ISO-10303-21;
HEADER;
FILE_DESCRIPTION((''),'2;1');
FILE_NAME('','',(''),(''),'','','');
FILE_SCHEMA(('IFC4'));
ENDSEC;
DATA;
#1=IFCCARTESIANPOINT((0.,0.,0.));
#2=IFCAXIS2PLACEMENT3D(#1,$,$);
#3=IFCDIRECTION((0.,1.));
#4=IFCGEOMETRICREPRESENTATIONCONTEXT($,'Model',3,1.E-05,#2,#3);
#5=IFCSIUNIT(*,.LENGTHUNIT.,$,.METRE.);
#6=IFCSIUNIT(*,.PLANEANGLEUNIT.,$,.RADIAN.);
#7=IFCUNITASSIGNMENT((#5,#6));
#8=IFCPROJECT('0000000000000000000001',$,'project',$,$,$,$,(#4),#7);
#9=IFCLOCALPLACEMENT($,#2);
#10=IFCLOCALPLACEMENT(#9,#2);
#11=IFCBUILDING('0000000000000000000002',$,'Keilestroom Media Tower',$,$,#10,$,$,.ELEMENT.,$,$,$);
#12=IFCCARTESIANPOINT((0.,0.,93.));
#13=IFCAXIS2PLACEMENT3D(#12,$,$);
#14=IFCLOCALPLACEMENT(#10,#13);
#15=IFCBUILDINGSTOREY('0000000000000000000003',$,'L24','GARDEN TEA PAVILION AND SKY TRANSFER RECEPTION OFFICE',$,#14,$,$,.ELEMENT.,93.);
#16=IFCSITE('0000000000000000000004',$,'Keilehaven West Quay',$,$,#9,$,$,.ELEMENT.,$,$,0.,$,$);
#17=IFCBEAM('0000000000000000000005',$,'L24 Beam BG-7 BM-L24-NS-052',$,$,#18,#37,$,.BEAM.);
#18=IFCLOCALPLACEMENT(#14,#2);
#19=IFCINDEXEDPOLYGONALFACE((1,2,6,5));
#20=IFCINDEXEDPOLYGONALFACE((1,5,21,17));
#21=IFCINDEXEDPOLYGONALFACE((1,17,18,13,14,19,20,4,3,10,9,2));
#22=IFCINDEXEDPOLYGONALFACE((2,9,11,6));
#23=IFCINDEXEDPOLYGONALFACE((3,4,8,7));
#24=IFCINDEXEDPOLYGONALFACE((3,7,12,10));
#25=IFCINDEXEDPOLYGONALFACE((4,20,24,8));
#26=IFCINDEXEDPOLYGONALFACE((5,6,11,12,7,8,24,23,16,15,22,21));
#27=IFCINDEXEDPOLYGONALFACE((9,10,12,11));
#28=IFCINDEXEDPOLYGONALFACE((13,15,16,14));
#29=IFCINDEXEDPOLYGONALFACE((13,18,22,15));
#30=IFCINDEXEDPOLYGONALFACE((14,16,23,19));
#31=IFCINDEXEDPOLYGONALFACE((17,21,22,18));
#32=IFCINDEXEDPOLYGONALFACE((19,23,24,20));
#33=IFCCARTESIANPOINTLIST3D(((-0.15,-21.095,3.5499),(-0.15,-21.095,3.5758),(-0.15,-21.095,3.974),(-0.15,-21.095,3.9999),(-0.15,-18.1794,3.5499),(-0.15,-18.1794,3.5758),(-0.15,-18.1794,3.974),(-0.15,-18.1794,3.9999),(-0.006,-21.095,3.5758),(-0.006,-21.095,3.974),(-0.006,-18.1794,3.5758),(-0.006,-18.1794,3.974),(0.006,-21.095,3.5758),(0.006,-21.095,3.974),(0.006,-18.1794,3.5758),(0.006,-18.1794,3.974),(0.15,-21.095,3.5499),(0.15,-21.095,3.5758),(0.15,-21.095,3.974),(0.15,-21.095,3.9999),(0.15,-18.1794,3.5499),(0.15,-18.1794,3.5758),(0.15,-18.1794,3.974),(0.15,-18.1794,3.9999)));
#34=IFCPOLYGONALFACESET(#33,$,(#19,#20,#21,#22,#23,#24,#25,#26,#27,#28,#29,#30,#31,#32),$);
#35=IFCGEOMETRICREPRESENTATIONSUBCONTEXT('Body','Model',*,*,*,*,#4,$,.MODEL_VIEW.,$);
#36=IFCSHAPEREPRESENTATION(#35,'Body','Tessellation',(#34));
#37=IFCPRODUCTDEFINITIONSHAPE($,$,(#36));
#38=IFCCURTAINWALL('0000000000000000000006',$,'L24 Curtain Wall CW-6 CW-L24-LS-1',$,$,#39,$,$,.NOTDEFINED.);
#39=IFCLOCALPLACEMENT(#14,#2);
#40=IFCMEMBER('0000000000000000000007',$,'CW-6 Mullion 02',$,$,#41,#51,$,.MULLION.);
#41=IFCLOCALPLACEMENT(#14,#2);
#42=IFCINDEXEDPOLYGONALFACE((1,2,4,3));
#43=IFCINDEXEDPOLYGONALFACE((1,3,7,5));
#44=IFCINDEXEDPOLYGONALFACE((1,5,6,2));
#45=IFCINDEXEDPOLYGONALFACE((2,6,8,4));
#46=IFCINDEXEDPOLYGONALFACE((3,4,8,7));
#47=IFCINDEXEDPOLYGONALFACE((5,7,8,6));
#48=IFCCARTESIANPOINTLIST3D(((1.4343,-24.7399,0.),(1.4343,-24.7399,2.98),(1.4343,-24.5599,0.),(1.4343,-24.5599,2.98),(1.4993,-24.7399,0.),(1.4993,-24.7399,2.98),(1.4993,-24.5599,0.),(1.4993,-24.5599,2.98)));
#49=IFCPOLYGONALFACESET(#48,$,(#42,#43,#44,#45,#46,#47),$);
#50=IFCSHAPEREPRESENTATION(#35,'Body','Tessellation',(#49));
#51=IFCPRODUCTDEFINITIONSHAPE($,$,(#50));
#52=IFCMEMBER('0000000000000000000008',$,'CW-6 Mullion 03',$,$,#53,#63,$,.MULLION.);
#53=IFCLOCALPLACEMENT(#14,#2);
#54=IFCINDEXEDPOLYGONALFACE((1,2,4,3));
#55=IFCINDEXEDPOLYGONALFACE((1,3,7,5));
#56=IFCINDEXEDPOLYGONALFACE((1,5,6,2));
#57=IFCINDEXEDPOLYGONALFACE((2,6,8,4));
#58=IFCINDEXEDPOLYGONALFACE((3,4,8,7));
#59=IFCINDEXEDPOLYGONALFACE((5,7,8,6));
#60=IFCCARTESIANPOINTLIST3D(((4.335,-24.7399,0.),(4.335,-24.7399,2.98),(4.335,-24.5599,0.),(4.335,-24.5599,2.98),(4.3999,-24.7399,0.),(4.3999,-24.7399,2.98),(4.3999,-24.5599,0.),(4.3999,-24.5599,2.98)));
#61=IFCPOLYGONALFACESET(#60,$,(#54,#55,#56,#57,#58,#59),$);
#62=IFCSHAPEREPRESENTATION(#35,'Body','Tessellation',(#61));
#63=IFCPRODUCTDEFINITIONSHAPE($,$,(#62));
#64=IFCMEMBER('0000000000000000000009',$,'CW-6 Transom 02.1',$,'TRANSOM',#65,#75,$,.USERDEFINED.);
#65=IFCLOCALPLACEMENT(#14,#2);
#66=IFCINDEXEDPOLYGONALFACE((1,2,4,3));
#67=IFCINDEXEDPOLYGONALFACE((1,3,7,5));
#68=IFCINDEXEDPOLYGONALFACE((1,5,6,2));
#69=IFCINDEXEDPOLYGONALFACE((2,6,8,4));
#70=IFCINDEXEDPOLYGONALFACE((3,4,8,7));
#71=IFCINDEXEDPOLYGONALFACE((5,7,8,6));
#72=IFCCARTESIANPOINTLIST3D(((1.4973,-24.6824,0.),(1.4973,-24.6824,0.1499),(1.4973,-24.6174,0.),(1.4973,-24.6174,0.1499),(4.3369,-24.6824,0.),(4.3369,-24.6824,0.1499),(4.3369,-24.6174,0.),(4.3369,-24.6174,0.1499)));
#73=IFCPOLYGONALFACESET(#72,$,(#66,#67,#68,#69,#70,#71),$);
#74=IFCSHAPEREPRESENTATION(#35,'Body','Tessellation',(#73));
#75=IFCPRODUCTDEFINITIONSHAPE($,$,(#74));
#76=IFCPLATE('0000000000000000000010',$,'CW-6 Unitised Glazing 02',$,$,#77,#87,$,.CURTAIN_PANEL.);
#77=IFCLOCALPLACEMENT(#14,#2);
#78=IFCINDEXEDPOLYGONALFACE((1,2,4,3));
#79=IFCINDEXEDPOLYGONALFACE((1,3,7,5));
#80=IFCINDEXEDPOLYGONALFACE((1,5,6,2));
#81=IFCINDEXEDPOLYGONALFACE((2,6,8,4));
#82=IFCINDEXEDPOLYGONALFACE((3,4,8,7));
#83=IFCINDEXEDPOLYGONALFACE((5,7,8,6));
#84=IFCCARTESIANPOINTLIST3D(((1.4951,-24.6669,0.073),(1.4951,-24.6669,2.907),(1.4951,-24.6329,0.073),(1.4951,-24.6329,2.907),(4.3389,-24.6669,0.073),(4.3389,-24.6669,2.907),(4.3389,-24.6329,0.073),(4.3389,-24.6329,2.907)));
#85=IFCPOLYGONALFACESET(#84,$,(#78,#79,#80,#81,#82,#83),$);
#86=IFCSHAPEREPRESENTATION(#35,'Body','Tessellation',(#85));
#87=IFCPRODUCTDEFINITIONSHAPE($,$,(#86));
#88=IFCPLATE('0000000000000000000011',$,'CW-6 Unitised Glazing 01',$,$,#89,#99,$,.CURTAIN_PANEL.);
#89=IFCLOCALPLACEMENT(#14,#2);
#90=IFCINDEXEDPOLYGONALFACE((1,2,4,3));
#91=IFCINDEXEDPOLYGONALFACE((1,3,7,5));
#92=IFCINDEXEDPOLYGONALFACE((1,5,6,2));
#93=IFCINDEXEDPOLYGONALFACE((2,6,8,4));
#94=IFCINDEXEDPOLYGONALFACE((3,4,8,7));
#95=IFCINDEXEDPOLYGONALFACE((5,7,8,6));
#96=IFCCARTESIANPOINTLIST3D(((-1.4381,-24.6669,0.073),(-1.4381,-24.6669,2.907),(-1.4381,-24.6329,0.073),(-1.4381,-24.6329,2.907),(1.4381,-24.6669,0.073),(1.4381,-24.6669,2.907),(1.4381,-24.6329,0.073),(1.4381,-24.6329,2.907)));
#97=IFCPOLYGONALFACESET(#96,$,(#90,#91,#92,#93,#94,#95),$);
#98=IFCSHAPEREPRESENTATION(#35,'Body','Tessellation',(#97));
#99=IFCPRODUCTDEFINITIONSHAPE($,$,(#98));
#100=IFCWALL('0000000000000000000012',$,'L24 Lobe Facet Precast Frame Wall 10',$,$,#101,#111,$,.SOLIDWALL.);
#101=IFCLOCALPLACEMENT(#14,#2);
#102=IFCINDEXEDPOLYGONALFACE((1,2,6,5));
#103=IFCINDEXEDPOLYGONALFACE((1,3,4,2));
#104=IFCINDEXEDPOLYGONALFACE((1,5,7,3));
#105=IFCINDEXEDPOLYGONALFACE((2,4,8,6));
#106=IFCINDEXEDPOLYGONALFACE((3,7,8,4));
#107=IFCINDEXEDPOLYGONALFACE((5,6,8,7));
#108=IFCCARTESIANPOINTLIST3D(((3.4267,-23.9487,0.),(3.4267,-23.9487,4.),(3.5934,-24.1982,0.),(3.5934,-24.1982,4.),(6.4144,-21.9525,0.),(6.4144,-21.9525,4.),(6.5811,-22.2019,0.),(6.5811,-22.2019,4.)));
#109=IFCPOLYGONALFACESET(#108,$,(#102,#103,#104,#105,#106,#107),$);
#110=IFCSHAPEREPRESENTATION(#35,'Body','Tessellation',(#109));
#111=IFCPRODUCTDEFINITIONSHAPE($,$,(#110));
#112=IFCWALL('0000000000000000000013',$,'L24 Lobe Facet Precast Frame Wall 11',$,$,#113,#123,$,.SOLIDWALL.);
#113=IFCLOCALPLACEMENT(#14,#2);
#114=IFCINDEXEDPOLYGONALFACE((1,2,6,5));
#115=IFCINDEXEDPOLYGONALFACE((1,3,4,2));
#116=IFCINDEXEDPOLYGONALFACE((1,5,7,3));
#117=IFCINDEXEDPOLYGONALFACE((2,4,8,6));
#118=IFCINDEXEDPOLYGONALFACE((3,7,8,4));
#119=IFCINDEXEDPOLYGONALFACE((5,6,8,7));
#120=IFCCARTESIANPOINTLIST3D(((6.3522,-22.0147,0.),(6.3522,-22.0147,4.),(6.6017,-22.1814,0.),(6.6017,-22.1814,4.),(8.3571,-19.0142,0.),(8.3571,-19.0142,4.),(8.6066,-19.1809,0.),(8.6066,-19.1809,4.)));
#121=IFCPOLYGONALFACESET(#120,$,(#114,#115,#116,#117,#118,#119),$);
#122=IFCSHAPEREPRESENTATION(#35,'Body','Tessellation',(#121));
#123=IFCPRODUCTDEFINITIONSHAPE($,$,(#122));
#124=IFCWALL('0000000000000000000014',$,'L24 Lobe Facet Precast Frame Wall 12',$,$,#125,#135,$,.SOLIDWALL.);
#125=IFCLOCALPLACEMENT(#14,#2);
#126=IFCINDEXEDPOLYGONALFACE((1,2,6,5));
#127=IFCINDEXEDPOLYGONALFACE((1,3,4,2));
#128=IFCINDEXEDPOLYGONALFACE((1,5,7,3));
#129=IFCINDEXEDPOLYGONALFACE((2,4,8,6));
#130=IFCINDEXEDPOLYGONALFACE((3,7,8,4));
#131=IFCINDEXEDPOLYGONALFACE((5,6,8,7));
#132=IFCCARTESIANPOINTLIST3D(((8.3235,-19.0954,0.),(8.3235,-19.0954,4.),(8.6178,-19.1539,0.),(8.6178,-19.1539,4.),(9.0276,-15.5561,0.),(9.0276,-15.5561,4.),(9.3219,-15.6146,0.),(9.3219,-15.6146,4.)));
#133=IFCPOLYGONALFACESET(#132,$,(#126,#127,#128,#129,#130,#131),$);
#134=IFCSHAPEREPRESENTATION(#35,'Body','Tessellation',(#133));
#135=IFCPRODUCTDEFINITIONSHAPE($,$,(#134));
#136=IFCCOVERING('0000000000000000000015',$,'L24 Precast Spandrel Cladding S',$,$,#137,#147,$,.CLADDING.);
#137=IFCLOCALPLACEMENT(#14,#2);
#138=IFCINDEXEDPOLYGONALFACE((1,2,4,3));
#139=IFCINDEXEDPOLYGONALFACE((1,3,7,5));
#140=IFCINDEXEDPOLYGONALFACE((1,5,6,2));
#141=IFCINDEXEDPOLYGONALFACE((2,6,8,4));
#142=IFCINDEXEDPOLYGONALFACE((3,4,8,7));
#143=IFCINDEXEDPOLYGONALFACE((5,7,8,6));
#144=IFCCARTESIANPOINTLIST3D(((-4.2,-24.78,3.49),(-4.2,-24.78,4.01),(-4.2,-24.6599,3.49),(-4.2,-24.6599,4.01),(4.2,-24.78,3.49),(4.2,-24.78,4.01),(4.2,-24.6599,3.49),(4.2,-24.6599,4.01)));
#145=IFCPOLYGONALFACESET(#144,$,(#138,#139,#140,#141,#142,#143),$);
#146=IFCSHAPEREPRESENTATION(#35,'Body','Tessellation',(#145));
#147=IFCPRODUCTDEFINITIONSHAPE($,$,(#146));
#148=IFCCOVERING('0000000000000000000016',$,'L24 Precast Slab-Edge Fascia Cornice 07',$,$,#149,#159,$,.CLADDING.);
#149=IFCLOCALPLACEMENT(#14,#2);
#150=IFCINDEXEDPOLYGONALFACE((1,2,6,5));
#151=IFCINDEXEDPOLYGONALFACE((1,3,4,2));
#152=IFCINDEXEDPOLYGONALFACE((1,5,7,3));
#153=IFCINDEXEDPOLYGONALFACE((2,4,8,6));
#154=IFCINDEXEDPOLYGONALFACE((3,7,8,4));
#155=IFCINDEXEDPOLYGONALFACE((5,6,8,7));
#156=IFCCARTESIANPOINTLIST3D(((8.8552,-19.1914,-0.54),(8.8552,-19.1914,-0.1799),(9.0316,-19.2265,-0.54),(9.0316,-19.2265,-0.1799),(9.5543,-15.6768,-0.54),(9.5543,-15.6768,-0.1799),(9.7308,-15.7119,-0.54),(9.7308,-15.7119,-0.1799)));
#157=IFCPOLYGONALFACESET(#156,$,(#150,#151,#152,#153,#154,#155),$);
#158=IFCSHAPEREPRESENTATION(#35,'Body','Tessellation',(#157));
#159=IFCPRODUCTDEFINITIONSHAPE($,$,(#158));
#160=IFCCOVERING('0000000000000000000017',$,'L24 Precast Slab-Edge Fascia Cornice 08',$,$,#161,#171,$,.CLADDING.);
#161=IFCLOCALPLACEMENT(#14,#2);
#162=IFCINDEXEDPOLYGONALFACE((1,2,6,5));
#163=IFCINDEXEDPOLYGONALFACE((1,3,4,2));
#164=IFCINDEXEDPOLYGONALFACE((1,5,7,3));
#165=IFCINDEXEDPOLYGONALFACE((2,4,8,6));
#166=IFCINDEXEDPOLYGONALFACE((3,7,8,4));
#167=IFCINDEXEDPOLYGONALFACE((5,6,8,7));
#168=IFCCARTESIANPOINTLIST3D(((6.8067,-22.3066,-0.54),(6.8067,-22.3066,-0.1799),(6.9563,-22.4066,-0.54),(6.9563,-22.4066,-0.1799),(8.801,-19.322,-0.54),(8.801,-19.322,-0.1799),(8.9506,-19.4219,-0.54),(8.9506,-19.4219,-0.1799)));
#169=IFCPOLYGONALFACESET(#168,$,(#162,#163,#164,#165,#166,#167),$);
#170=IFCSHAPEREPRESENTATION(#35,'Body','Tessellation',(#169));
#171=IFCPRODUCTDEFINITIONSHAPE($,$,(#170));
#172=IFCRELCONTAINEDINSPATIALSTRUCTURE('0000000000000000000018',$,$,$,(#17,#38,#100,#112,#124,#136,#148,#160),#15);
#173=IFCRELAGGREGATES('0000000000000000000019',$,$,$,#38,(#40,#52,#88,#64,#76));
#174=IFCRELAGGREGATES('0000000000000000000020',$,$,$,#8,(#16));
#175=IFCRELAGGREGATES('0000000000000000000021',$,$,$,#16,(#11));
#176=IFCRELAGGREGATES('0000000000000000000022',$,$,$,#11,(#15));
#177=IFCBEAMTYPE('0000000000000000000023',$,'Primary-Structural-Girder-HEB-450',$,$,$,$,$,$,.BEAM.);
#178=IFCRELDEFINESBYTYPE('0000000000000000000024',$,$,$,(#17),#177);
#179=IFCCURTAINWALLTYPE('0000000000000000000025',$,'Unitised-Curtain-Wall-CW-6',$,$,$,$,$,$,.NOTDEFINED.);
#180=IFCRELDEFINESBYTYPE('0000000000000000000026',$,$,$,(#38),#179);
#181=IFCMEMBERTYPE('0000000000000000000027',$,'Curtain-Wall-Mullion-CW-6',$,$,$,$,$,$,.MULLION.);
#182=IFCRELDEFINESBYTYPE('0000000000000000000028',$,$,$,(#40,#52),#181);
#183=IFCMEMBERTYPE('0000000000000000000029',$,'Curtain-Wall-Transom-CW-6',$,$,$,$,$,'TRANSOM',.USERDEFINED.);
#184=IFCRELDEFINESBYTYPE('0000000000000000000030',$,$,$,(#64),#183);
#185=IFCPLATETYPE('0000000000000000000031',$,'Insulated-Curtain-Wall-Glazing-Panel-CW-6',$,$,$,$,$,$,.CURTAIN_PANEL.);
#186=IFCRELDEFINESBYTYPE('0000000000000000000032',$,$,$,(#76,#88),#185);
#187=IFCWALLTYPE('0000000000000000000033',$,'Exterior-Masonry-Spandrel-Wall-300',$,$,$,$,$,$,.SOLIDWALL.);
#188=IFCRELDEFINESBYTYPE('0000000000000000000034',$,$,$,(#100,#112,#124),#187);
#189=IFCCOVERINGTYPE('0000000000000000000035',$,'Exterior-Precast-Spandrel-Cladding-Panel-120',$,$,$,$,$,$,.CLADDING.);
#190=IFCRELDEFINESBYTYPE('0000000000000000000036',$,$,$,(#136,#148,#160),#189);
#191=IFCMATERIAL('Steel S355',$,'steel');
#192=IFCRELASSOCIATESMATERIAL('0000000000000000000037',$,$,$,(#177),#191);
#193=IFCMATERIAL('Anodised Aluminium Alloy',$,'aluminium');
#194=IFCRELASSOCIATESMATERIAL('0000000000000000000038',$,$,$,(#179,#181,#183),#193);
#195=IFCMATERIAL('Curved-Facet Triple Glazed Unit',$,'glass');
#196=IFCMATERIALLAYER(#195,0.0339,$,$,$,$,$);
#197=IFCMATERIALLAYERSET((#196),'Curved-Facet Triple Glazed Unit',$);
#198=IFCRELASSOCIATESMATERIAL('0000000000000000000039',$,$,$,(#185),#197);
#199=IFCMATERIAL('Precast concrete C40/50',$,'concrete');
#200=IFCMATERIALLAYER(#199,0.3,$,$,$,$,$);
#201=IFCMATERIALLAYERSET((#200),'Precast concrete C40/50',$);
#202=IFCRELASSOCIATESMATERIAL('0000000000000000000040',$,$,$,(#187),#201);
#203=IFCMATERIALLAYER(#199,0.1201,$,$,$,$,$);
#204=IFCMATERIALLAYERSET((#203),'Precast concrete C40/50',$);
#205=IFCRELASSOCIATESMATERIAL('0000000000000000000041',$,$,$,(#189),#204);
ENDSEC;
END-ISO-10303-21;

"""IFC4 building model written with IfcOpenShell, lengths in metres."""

from ifc_helpers import new_model, si_unit, direction, frame, frame_2d, origin, origin_2d, place, context, subcontext, project, spatial, rectangle, i_section, extrude, source, transform, mapped, material, layer, layer_set, material_profile, profile_set, type_object, element, aggregate, save


model = new_model("IFC4")

# Units and contexts
model_context = context("Model", 3, precision=1e-05, world=origin(), true_north=direction((0.0, 1.0)))
body_context = subcontext(model_context, "Body", "Model", "MODEL_VIEW")
ifc_project = project(units=[si_unit("LENGTHUNIT", "METRE"), si_unit("PLANEANGLEUNIT", "RADIAN")], contexts=[model_context])

# Site, building, storey
site_placement = place(None, origin())
site = spatial("IfcSite", under=ifc_project, at=site_placement, Name="Keilehaven West Quay", CompositionType="ELEMENT", RefElevation=0.0)
building_placement = place(site_placement, origin())
building = spatial("IfcBuilding", under=site, at=building_placement, Name="Keilestroom Media Tower", CompositionType="ELEMENT")
storey_placement = place(building_placement, frame((0.0, 0.0, 93.0)))
storey = spatial("IfcBuildingStorey", under=building, at=storey_placement, Name="L24", Description="GARDEN TEA PAVILION AND SKY TRANSFER RECEPTION OFFICE", CompositionType="ELEMENT", Elevation=93.0)

# Shared definitions
ifc_material_1 = material(Name="Steel S355", Category="steel")

# Beam
ifc_material_profile_1 = material_profile(ifc_material_1, i_section(OverallWidth=0.3, OverallDepth=0.45, WebThickness=0.012, FlangeThickness=0.0259, at=origin_2d()), Name="HEB 450")
ifc_profile_set_1 = profile_set([ifc_material_profile_1], Name="Steel S355")
beam_type_1 = type_object("IfcBeamType", Name="Primary-Structural-Girder-HEB-450", PredefinedType="BEAM", material=ifc_profile_set_1)
shared_shape_1 = source(origin(), body_context, "Body", "SweptSolid", [
    extrude(i_section(OverallWidth=0.3, OverallDepth=0.45, WebThickness=0.012, FlangeThickness=0.0259, at=origin_2d()), origin(), (0.0, 0.0, 1.0), 2.9155),
])
beam_1_placement = place(storey_placement, frame((0.0, -21.095, 3.7749), z_axis=(0.0, 1.0, 0.0), x_axis=(-1.0, 0.0, 0.0)))
element("IfcBeam", 1, at=beam_1_placement, inside=storey, type_object=beam_type_1, Name="L24 Beam BG-7 BM-L24-NS-052", PredefinedType="BEAM", context=body_context, shape_type="MappedRepresentation", body=[
    mapped(shared_shape_1, transform((0.0, 0.0, 0.0), x_axis=(1.0, 0.0, 0.0), y_axis=(0.0, 1.0, 0.0), z_axis=(0.0, 0.0, 1.0), scale=1.0)),
])

# Curtain wall, members, plates
ifc_material_2 = material(Name="Anodised Aluminium Alloy", Category="aluminium")
curtain_wall_type = type_object("IfcCurtainWallType", Name="Unitised-Curtain-Wall-CW-6", PredefinedType="NOTDEFINED", material=ifc_material_2)
curtain_wall_placement = place(storey_placement, origin())
curtain_wall = element("IfcCurtainWall", 2, at=curtain_wall_placement, inside=storey, type_object=curtain_wall_type, Name="L24 Curtain Wall CW-6 CW-L24-LS-1", PredefinedType="NOTDEFINED")
ifc_material_profile_2 = material_profile(ifc_material_2, rectangle(XDim=0.0649, YDim=0.1799, at=origin_2d()), Name="ALU MULLION 65x180")
ifc_profile_set_2 = profile_set([ifc_material_profile_2], Name="Anodised Aluminium Alloy")
member_type_1 = type_object("IfcMemberType", Name="Curtain-Wall-Mullion-CW-6", PredefinedType="MULLION", material=ifc_profile_set_2)
shared_shape_2 = source(origin(), body_context, "Body", "SweptSolid", [
    extrude(rectangle(XDim=0.0649, YDim=0.1799, at=origin_2d()), origin(), (0.0, 0.0, 1.0), 2.98),
])
member_1_placement = place(storey_placement, frame((1.4668, -24.6499, 0.0), z_axis=(0.0, 0.0, 1.0), x_axis=(1.0, 0.0, 0.0)))
member_1 = element("IfcMember", 3, at=member_1_placement, type_object=member_type_1, Name="CW-6 Mullion 02", PredefinedType="MULLION", context=body_context, shape_type="MappedRepresentation", body=[
    mapped(shared_shape_2, transform((0.0, 0.0, 0.0), x_axis=(1.0, 0.0, 0.0), y_axis=(0.0, 1.0, 0.0), z_axis=(0.0, 0.0, 1.0), scale=1.0)),
])
member_2_placement = place(storey_placement, frame((4.3674, -24.6499, 0.0), z_axis=(0.0, 0.0, 1.0), x_axis=(1.0, 0.0, 0.0)))
member_2 = element("IfcMember", 4, at=member_2_placement, type_object=member_type_1, Name="CW-6 Mullion 03", PredefinedType="MULLION", context=body_context, shape_type="MappedRepresentation", body=[
    mapped(shared_shape_2, transform((0.0, 0.0, 0.0), x_axis=(1.0, 0.0, 0.0), y_axis=(0.0, 1.0, 0.0), z_axis=(0.0, 0.0, 1.0), scale=1.0)),
])
ifc_material_profile_3 = material_profile(ifc_material_2, rectangle(XDim=0.0649, YDim=0.1499, at=origin_2d()), Name="ALU TRANSOM 65x150")
ifc_profile_set_3 = profile_set([ifc_material_profile_3], Name="Anodised Aluminium Alloy")
member_type_2 = type_object("IfcMemberType", Name="Curtain-Wall-Transom-CW-6", ElementType="TRANSOM", PredefinedType="USERDEFINED", material=ifc_profile_set_3)
shared_shape_3 = source(origin(), body_context, "Body", "SweptSolid", [
    extrude(rectangle(XDim=0.0649, YDim=0.1499, at=origin_2d()), origin(), (0.0, 0.0, 1.0), 2.8396),
])
member_3_placement = place(storey_placement, frame((1.4973, -24.6499, 0.075), z_axis=(1.0, 0.0, 0.0), x_axis=(0.0, 1.0, 0.0)))
member_3 = element("IfcMember", 5, at=member_3_placement, type_object=member_type_2, Name="CW-6 Transom 02.1", ObjectType="TRANSOM", PredefinedType="USERDEFINED", context=body_context, shape_type="MappedRepresentation", body=[
    mapped(shared_shape_3, transform((0.0, 0.0, 0.0), x_axis=(1.0, 0.0, 0.0), y_axis=(0.0, 1.0, 0.0), z_axis=(0.0, 0.0, 1.0), scale=1.0)),
])
ifc_material_3 = material(Name="Curved-Facet Triple Glazed Unit", Category="glass")
ifc_layer_1 = layer(ifc_material_3, 0.0339)
ifc_layer_set_1 = layer_set([ifc_layer_1], Name="Curved-Facet Triple Glazed Unit")
plate_type = type_object("IfcPlateType", Name="Insulated-Curtain-Wall-Glazing-Panel-CW-6", PredefinedType="CURTAIN_PANEL", material=ifc_layer_set_1)
shared_shape_4 = source(origin(), body_context, "Body", "SweptSolid", [
    extrude(rectangle(XDim=2.8438, YDim=0.0339, at=origin_2d()), origin(), (0.0, 0.0, 1.0), 2.834),
])
plate_1_placement = place(storey_placement, frame((2.917, -24.6499, 0.073), z_axis=(0.0, 0.0, 1.0), x_axis=(1.0, 0.0, 0.0)))
plate_1 = element("IfcPlate", 6, at=plate_1_placement, type_object=plate_type, Name="CW-6 Unitised Glazing 02", PredefinedType="CURTAIN_PANEL", context=body_context, shape_type="MappedRepresentation", body=[
    mapped(shared_shape_4, transform((0.0, 0.0, 0.0), x_axis=(1.0, 0.0, 0.0), y_axis=(0.0, 1.0, 0.0), z_axis=(0.0, 0.0, 1.0), scale=1.0)),
])
shared_shape_5 = source(origin(), body_context, "Body", "SweptSolid", [
    extrude(rectangle(XDim=2.8762, YDim=0.0339, at=origin_2d()), origin(), (0.0, 0.0, 1.0), 2.834),
])
plate_2_placement = place(storey_placement, frame((0.0, -24.6499, 0.073), z_axis=(0.0, 0.0, 1.0), x_axis=(1.0, 0.0, 0.0)))
plate_2 = element("IfcPlate", 7, at=plate_2_placement, type_object=plate_type, Name="CW-6 Unitised Glazing 01", PredefinedType="CURTAIN_PANEL", context=body_context, shape_type="MappedRepresentation", body=[
    mapped(shared_shape_5, transform((0.0, 0.0, 0.0), x_axis=(1.0, 0.0, 0.0), y_axis=(0.0, 1.0, 0.0), z_axis=(0.0, 0.0, 1.0), scale=1.0)),
])
aggregate(curtain_wall, [member_1, member_2, plate_2, member_3, plate_1])

# Walls
ifc_material_4 = material(Name="Precast concrete C40/50", Category="concrete")
ifc_layer_2 = layer(ifc_material_4, 0.3)
ifc_layer_set_2 = layer_set([ifc_layer_2], Name="Precast concrete C40/50")
wall_type = type_object("IfcWallType", Name="Exterior-Masonry-Spandrel-Wall-300", PredefinedType="SOLIDWALL", material=ifc_layer_set_2)
wall_placement = place(storey_placement, frame((3.51, -24.0735, 0.0), z_axis=(0.0, 0.0, 1.0), x_axis=(0.831475, 0.555562, 0.0)))
element("IfcWall", 8, at=wall_placement, inside=storey, type_object=wall_type, Name="L24 Lobe Facet Precast Frame Wall 10", PredefinedType="SOLIDWALL", context=body_context, shape_type="SweptSolid", body=[
    extrude(rectangle(XDim=3.5933, YDim=0.3, at=frame_2d((1.7966, 0.0))), origin(), (0.0, 0.0, 1.0), 4.0),
])
for number, where, z_axis, x_axis, name in (
    (9, (6.4771, -22.0979, 0.0), (0.0, 0.0, 1.0), (0.555574, 0.831467, 0.0), "L24 Lobe Facet Precast Frame Wall 11"),
    (10, (8.4707, -19.1245, 0.0), (0.0, 0.0, 1.0), (0.195114, 0.980781, 0.0), "L24 Lobe Facet Precast Frame Wall 12"),
):
    element("IfcWall", number, at=place(storey_placement, frame(where, z_axis=z_axis, x_axis=x_axis)), inside=storey, type_object=wall_type, Name=name, PredefinedType="SOLIDWALL", context=body_context, shape_type="SweptSolid", body=[
        extrude(rectangle(XDim=3.6086, YDim=0.3, at=frame_2d((1.8042, 0.0))), origin(), (0.0, 0.0, 1.0), 4.0),
    ])

# Coverings
ifc_layer_3 = layer(ifc_material_4, 0.1201)
ifc_layer_set_3 = layer_set([ifc_layer_3], Name="Precast concrete C40/50")
covering_type = type_object("IfcCoveringType", Name="Exterior-Precast-Spandrel-Cladding-Panel-120", PredefinedType="CLADDING", material=ifc_layer_set_3)
shared_shape_6 = source(origin(), body_context, "Body", "SweptSolid", [
    extrude(rectangle(XDim=8.3999, YDim=0.1201, at=origin_2d()), origin(), (0.0, 0.0, 1.0), 0.52),
])
covering_1_placement = place(storey_placement, frame((0.0, -24.72, 3.49), z_axis=(0.0, 0.0, 1.0), x_axis=(1.0, 0.0, 0.0)))
element("IfcCovering", 11, at=covering_1_placement, inside=storey, type_object=covering_type, Name="L24 Precast Spandrel Cladding S", PredefinedType="CLADDING", context=body_context, shape_type="MappedRepresentation", body=[
    mapped(shared_shape_6, transform((0.0, 0.0, 0.0), x_axis=(1.0, 0.0, 0.0), y_axis=(0.0, 1.0, 0.0), z_axis=(0.0, 0.0, 1.0), scale=1.0)),
])
shared_shape_7 = source(origin(), body_context, "Body", "SweptSolid", [
    extrude(rectangle(XDim=3.5835, YDim=0.1799, at=origin_2d()), origin(), (0.0, 0.0, 1.0), 0.3601),
])
covering_2_placement = place(storey_placement, frame((9.293, -17.4517, -0.54), z_axis=(0.0, 0.0, 1.0), x_axis=(-0.195099, -0.980784, 0.0)))
element("IfcCovering", 12, at=covering_2_placement, inside=storey, type_object=covering_type, Name="L24 Precast Slab-Edge Fascia Cornice 07", PredefinedType="CLADDING", context=body_context, shape_type="MappedRepresentation", body=[
    mapped(shared_shape_7, transform((0.0, 0.0, 0.0), x_axis=(1.0, 0.0, 0.0), y_axis=(0.0, 1.0, 0.0), z_axis=(0.0, 0.0, 1.0), scale=1.0)),
])
shared_shape_8 = source(origin(), body_context, "Body", "SweptSolid", [
    extrude(rectangle(XDim=3.5896, YDim=0.1799, at=origin_2d()), origin(), (0.0, 0.0, 1.0), 0.3601),
])
for number, where, z_axis, x_axis, name in (
    (13, (7.8787, -20.8643, -0.54), (0.0, 0.0, 1.0), (-0.555575, -0.831467, 0.0), "L24 Precast Slab-Edge Fascia Cornice 08"),
):
    element("IfcCovering", number, at=place(storey_placement, frame(where, z_axis=z_axis, x_axis=x_axis)), inside=storey, type_object=covering_type, Name=name, PredefinedType="CLADDING", context=body_context, shape_type="MappedRepresentation", body=[
        mapped(shared_shape_8, transform((0.0, 0.0, 0.0), x_axis=(1.0, 0.0, 0.0), y_axis=(0.0, 1.0, 0.0), z_axis=(0.0, 0.0, 1.0), scale=1.0)),
    ])

save(model, "model.ifc")
